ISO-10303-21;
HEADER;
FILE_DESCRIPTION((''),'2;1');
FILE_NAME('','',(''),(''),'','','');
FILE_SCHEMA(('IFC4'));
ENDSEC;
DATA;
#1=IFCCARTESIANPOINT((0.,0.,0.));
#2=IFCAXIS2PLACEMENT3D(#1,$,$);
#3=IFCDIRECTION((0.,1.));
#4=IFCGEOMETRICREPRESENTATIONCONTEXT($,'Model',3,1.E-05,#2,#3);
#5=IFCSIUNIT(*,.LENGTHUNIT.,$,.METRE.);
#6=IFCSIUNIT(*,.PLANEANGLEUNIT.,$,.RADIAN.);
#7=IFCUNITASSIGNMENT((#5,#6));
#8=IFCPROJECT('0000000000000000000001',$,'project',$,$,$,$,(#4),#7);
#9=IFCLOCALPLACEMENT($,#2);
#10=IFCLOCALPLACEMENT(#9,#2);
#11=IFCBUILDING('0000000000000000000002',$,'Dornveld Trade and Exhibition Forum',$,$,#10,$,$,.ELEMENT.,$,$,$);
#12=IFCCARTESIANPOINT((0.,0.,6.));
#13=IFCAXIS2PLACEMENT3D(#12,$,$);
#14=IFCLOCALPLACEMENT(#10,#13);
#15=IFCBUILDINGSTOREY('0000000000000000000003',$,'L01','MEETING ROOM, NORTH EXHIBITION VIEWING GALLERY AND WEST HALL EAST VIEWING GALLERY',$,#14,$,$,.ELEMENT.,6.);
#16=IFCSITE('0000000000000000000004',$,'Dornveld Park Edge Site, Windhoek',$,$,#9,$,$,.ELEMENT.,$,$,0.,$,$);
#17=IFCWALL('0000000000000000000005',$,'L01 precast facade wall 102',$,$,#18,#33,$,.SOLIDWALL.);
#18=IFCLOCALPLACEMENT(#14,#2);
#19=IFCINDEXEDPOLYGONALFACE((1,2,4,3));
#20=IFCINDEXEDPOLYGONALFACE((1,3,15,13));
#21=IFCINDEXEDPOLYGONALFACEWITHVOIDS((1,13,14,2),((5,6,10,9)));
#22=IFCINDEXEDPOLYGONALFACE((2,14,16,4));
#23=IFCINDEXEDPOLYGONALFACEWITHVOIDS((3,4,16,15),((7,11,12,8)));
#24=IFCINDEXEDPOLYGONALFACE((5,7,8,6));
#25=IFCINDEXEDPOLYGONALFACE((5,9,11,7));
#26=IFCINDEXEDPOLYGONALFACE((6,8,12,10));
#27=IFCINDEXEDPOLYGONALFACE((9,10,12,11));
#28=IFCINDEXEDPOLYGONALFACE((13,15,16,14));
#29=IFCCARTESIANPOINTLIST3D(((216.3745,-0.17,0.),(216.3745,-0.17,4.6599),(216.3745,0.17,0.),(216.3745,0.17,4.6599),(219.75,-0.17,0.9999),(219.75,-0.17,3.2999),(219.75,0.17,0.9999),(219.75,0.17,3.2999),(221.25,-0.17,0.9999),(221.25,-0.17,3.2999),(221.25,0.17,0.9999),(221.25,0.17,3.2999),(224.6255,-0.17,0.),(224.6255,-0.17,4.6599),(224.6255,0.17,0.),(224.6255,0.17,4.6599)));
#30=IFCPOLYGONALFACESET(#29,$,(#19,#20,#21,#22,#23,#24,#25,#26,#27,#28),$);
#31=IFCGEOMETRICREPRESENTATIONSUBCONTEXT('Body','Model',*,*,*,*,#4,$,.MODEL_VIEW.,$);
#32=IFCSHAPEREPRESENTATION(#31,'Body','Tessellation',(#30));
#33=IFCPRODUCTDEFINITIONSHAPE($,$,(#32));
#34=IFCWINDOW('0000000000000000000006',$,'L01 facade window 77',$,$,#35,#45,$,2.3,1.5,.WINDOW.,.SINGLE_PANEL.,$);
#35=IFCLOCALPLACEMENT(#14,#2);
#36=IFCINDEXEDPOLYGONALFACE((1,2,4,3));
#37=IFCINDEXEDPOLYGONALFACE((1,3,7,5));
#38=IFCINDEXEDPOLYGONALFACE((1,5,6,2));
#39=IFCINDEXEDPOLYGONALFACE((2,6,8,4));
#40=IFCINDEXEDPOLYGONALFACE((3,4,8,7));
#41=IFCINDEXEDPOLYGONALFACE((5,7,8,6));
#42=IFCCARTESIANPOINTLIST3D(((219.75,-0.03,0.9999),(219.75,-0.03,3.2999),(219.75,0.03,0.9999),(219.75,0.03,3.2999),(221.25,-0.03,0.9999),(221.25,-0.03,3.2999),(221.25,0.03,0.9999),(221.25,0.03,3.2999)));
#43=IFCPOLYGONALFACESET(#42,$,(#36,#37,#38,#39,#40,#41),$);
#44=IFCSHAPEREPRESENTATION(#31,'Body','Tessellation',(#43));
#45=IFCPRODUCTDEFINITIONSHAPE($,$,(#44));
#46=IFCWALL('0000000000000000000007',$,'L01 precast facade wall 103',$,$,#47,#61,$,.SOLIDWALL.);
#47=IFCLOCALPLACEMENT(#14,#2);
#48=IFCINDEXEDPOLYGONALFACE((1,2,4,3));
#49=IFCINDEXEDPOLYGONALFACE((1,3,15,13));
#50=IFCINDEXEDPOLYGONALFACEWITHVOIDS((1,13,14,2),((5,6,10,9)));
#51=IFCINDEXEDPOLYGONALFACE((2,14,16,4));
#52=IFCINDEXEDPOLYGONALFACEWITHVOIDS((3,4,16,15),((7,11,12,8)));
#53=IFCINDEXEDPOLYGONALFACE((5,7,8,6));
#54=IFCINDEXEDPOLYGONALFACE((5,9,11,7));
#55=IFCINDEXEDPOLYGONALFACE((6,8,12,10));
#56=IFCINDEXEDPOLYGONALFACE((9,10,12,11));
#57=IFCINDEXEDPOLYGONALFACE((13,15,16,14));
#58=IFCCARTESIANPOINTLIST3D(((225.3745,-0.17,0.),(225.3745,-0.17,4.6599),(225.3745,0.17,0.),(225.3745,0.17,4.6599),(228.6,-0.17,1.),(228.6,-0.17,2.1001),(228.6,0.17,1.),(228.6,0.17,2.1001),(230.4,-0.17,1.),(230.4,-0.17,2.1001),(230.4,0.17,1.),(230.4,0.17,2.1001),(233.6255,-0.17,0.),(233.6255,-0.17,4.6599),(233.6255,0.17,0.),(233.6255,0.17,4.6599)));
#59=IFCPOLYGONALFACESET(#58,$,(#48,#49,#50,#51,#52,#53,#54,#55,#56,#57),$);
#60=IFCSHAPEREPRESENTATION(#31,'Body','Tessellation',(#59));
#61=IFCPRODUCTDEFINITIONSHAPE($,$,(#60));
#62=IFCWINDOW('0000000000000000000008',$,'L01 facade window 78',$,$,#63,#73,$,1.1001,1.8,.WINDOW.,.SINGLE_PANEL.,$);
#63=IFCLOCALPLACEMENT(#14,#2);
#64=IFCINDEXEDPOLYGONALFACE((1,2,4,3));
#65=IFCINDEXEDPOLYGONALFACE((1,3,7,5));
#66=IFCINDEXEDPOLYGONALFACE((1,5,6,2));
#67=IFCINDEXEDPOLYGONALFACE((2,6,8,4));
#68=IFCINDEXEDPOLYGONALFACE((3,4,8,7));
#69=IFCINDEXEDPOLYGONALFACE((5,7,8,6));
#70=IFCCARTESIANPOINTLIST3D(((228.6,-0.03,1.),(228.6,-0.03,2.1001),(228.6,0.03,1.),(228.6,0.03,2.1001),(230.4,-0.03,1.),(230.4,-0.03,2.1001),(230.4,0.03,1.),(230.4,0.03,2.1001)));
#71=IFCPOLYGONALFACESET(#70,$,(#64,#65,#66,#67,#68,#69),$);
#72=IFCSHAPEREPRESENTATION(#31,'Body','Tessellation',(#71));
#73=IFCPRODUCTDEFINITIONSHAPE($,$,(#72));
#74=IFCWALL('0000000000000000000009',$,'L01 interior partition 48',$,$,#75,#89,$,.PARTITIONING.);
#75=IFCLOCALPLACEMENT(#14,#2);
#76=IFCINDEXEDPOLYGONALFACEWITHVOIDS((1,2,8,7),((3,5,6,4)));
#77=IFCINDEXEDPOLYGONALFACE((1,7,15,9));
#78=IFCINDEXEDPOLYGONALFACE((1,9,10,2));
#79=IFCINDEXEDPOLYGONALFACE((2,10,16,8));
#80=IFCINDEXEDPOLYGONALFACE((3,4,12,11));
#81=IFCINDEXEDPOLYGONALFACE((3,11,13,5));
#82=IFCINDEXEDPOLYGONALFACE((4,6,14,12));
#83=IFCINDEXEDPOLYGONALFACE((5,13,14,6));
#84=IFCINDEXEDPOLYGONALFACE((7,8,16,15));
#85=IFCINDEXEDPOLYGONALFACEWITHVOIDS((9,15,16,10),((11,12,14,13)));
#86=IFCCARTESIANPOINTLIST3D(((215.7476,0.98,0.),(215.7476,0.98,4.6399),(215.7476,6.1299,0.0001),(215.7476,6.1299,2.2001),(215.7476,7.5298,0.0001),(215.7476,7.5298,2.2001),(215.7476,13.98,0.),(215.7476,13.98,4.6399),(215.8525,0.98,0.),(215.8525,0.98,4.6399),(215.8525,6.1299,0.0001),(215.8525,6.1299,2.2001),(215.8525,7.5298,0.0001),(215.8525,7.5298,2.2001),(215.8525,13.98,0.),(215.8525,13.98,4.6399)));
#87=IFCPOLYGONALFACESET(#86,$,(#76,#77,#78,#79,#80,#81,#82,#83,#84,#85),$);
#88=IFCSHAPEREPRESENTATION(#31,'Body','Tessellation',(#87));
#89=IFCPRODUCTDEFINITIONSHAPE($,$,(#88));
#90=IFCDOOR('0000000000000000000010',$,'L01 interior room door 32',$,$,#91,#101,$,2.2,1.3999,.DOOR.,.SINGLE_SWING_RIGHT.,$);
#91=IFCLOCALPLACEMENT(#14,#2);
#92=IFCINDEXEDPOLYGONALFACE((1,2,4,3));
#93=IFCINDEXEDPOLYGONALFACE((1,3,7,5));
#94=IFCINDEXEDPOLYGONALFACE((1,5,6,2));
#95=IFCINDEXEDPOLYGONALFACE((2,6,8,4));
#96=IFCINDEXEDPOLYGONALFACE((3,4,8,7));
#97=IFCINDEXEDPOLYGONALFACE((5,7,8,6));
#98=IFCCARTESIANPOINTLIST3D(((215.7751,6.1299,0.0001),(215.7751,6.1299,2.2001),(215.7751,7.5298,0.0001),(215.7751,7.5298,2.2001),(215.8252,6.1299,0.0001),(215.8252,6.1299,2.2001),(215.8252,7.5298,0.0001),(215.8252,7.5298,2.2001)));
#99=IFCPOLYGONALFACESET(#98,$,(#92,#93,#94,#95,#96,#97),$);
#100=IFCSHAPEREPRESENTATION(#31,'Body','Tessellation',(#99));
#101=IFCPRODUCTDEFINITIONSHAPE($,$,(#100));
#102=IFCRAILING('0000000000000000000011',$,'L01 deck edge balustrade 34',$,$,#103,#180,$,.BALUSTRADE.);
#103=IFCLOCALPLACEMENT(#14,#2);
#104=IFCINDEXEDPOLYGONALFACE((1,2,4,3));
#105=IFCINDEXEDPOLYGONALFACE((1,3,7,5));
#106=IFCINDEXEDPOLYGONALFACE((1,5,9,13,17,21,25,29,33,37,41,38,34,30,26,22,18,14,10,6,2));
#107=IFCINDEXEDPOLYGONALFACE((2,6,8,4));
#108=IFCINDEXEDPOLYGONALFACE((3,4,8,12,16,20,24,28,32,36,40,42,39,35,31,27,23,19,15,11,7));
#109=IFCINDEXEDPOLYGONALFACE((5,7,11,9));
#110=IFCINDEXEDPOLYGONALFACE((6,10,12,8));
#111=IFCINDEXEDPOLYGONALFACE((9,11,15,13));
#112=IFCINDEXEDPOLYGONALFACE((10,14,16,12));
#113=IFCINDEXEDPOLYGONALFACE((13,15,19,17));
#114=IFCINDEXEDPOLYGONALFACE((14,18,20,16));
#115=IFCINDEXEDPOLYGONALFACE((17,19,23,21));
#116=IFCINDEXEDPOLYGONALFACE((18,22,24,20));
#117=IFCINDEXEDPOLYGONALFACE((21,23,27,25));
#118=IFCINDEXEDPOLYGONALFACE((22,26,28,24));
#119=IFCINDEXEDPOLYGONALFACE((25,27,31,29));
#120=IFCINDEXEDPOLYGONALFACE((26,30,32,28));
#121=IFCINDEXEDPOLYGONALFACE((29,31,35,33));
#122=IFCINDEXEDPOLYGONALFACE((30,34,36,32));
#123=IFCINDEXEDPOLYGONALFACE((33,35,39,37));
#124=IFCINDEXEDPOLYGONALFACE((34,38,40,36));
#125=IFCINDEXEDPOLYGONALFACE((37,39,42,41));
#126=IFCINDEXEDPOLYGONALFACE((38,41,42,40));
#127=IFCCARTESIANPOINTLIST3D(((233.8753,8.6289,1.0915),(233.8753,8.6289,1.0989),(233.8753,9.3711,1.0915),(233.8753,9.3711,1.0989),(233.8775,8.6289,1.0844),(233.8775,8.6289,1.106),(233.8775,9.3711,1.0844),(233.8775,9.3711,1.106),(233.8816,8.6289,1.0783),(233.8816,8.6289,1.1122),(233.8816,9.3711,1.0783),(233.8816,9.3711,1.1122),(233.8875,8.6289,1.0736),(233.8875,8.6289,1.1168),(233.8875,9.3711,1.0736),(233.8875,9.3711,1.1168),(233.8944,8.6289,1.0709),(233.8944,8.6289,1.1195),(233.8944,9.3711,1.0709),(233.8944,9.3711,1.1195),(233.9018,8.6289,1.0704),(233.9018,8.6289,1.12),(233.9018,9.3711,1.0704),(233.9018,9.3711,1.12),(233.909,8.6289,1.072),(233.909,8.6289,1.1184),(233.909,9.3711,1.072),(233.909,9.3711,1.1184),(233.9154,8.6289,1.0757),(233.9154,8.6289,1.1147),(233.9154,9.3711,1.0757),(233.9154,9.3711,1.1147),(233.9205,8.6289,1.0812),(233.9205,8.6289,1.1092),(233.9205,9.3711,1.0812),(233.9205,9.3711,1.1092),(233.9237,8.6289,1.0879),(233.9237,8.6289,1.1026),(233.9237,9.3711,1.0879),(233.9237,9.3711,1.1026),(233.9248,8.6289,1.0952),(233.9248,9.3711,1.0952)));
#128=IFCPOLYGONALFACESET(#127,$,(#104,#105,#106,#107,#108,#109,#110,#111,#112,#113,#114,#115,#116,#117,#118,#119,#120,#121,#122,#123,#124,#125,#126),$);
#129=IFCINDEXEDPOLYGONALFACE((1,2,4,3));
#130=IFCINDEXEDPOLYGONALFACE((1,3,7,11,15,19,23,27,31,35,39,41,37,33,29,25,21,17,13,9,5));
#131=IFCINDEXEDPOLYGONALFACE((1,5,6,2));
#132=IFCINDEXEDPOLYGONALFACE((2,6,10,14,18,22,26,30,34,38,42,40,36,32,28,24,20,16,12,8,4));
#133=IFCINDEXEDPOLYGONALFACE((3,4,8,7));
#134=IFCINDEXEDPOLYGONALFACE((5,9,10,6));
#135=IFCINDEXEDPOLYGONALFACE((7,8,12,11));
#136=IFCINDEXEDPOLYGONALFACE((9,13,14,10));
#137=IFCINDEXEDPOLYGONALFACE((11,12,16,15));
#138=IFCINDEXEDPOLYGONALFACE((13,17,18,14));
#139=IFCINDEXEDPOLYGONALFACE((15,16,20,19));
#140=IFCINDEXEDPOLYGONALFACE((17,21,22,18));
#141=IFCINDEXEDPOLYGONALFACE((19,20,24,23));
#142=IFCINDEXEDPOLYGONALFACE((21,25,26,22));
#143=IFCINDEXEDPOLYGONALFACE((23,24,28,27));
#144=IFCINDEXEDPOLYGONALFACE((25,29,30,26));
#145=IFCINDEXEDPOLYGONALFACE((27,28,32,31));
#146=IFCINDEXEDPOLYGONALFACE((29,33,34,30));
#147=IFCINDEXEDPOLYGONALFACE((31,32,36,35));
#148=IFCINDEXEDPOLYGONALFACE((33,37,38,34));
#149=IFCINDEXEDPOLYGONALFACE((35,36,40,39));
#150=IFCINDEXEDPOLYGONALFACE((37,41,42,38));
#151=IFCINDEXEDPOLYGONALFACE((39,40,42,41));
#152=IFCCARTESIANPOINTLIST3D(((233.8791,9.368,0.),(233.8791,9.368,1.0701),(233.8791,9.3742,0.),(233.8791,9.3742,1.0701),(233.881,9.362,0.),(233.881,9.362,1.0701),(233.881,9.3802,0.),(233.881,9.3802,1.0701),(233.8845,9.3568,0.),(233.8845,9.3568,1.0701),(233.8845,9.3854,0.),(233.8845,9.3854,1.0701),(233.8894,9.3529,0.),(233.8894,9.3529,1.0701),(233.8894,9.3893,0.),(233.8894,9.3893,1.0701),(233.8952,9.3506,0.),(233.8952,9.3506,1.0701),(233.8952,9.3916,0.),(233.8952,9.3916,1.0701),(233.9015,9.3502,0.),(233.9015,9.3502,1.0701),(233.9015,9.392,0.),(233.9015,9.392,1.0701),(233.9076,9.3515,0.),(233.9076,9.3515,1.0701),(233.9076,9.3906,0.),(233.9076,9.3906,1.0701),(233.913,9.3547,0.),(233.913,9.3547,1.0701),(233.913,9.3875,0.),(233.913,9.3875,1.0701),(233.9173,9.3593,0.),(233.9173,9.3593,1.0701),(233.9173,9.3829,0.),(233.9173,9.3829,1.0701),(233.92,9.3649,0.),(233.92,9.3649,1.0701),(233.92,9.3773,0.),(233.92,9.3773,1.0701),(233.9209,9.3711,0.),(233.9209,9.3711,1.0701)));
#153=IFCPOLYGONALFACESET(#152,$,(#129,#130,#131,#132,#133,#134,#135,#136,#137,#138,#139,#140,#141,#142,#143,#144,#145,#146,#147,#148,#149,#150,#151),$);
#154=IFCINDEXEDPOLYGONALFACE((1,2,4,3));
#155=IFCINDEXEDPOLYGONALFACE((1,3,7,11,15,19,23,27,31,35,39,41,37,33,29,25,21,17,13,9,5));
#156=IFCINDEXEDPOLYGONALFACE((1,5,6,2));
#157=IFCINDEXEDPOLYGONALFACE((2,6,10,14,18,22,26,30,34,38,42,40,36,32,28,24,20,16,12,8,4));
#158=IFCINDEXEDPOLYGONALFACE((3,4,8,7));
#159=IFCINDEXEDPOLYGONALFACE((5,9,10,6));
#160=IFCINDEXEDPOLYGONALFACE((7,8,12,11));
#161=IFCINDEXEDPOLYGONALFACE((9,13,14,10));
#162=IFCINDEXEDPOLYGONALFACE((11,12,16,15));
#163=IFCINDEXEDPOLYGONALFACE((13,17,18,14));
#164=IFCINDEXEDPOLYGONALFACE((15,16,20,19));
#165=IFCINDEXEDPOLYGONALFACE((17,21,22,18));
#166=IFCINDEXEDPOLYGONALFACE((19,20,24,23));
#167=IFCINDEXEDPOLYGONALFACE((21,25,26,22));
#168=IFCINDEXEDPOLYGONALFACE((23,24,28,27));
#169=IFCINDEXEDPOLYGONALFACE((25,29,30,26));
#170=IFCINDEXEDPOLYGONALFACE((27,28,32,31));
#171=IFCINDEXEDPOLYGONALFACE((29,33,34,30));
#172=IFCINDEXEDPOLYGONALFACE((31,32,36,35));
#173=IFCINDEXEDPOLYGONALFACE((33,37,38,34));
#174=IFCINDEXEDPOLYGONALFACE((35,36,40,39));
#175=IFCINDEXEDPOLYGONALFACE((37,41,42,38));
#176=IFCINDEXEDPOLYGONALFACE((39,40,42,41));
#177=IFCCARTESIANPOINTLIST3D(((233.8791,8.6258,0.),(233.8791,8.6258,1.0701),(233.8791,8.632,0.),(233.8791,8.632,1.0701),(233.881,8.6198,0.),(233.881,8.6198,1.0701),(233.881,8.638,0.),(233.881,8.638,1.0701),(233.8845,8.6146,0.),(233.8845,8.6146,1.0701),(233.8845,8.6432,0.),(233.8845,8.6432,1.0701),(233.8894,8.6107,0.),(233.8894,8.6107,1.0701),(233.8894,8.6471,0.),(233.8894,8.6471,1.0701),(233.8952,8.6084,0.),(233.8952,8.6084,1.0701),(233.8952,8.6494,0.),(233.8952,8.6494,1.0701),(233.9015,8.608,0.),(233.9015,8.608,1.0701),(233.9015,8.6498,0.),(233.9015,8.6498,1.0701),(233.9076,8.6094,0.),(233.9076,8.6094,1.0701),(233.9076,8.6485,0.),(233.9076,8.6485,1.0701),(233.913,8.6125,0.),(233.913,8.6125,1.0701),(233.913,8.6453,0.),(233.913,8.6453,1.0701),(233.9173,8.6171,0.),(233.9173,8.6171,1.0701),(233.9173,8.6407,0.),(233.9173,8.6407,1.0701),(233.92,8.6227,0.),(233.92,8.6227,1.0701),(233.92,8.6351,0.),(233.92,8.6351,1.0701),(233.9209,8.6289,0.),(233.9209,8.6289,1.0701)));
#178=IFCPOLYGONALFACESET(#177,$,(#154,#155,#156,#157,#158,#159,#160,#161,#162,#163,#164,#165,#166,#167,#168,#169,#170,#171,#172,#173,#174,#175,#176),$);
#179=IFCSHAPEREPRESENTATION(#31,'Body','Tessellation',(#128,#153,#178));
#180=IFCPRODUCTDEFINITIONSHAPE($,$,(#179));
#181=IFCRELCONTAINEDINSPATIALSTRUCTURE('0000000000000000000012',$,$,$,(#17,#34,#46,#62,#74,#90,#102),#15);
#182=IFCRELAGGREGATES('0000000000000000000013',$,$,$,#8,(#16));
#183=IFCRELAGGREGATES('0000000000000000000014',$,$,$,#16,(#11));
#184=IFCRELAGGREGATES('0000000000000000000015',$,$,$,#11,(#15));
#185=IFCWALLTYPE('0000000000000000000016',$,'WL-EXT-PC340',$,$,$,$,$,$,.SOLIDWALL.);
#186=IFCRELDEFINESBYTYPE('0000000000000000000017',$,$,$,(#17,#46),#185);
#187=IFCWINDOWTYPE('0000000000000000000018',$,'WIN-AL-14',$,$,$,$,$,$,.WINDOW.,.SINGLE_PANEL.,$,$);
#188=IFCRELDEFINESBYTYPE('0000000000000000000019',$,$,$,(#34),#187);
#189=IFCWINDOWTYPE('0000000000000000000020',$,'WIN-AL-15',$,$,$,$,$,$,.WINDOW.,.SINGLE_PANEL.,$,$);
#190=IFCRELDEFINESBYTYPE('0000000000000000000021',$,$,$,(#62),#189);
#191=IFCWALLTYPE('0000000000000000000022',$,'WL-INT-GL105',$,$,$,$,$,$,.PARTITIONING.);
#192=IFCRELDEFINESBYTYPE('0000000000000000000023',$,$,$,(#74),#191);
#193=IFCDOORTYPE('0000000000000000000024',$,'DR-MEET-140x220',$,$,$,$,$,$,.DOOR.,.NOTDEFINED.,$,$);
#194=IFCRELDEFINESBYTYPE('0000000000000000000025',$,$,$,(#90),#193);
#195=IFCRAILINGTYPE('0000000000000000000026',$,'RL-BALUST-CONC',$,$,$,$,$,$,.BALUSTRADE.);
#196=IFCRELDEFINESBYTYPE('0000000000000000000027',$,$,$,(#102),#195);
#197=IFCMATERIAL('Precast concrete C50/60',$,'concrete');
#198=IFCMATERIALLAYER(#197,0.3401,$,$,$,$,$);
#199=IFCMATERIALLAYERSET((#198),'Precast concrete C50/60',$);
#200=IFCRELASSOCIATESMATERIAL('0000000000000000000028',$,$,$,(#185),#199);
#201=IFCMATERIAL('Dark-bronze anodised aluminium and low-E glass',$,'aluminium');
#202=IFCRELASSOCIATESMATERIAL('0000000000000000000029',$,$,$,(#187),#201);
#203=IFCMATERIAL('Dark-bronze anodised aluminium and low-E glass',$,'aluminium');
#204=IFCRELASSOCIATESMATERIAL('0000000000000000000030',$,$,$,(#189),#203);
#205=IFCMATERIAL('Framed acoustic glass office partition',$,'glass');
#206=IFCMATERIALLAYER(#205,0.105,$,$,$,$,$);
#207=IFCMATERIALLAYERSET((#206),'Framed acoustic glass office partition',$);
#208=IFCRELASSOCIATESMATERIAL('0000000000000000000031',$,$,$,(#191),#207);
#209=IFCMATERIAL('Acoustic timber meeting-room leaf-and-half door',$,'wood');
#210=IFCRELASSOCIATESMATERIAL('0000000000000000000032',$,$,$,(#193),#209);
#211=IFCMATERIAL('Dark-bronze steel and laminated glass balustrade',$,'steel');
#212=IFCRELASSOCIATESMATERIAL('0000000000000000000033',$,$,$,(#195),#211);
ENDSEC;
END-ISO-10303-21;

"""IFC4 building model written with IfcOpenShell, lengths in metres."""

from ifc_helpers import new_model, si_unit, direction, frame, frame_2d, origin, origin_2d, place, context, subcontext, project, spatial, rectangle, circle, extrude, material, layer, layer_set, type_object, element, fill, save


model = new_model("IFC4")

# Units and contexts
model_context = context("Model", 3, precision=1e-05, world=origin(), true_north=direction((0.0, 1.0)))
body_context = subcontext(model_context, "Body", "Model", "MODEL_VIEW")
ifc_project = project(units=[si_unit("LENGTHUNIT", "METRE"), si_unit("PLANEANGLEUNIT", "RADIAN")], contexts=[model_context])

# Site, building, storey
site_placement = place(None, origin())
site = spatial("IfcSite", under=ifc_project, at=site_placement, Name="Dornveld Park Edge Site, Windhoek", CompositionType="ELEMENT", RefElevation=0.0)
building_placement = place(site_placement, origin())
building = spatial("IfcBuilding", under=site, at=building_placement, Name="Dornveld Trade and Exhibition Forum", CompositionType="ELEMENT")
storey_placement = place(building_placement, frame((0.0, 0.0, 6.0)))
storey = spatial("IfcBuildingStorey", under=building, at=storey_placement, Name="L01", Description="MEETING ROOM, NORTH EXHIBITION VIEWING GALLERY AND WEST HALL EAST VIEWING GALLERY", CompositionType="ELEMENT", Elevation=6.0)

# Walls, openings, windows
ifc_material_1 = material(Name="Precast concrete C50/60", Category="concrete")
ifc_layer_1 = layer(ifc_material_1, 0.3401)
ifc_layer_set_1 = layer_set([ifc_layer_1], Name="Precast concrete C50/60")
wall_type_1 = type_object("IfcWallType", Name="WL-EXT-PC340", PredefinedType="SOLIDWALL", material=ifc_layer_set_1)
wall_1_placement = place(storey_placement, frame((216.3745, 0.0, 0.0), z_axis=(0.0, 0.0, 1.0), x_axis=(1.0, 0.0, 0.0)))
wall_1 = element("IfcWall", 1, at=wall_1_placement, inside=storey, type_object=wall_type_1, Name="L01 precast facade wall 102", PredefinedType="SOLIDWALL", context=body_context, shape_type="SweptSolid", body=[
    extrude(rectangle(XDim=8.251, YDim=0.3401, at=frame_2d((4.1255, 0.0))), origin(), (0.0, 0.0, 1.0), 4.6599),
])
opening_1_placement = place(wall_1_placement, frame((3.3755, 0.0, 1.0)))
opening_1 = element("IfcOpeningElement", 2, at=opening_1_placement, cuts=wall_1, PredefinedType="OPENING", context=body_context, shape_type="SweptSolid", body=[
    extrude(rectangle(XDim=1.5, YDim=2.3, at=frame_2d((0.75, 1.1499))), frame((0.0, 0.1799, 0.0), z_axis=(0.0, -1.0, 0.0), x_axis=(1.0, 0.0, 0.0)), (0.0, 0.0, 1.0), 0.3601),
])
ifc_material_2 = material(Name="Dark-bronze anodised aluminium and low-E glass", Category="aluminium")
window_type_1 = type_object("IfcWindowType", Name="WIN-AL-14", PartitioningType="SINGLE_PANEL", PredefinedType="WINDOW", material=ifc_material_2)
window_1_placement = place(opening_1_placement, origin())
window_1 = element("IfcWindow", 3, at=window_1_placement, inside=storey, type_object=window_type_1, Name="L01 facade window 77", OverallHeight=2.3, OverallWidth=1.5, PartitioningType="SINGLE_PANEL", PredefinedType="WINDOW", context=body_context, shape_type="SweptSolid", body=[
    extrude(rectangle(XDim=1.5, YDim=2.3, at=frame_2d((0.75, 1.1499))), frame((0.0, 0.03, 0.0), z_axis=(0.0, -1.0, 0.0), x_axis=(1.0, 0.0, 0.0)), (0.0, 0.0, 1.0), 0.0601),
])
fill(opening_1, window_1)
wall_2_placement = place(storey_placement, frame((225.3745, 0.0, 0.0), z_axis=(0.0, 0.0, 1.0), x_axis=(1.0, 0.0, 0.0)))
wall_2 = element("IfcWall", 4, at=wall_2_placement, inside=storey, type_object=wall_type_1, Name="L01 precast facade wall 103", PredefinedType="SOLIDWALL", context=body_context, shape_type="SweptSolid", body=[
    extrude(rectangle(XDim=8.251, YDim=0.3401, at=frame_2d((4.1255, 0.0))), origin(), (0.0, 0.0, 1.0), 4.6599),
])
opening_2_placement = place(wall_2_placement, frame((3.2256, 0.0, 1.0)))
opening_2 = element("IfcOpeningElement", 5, at=opening_2_placement, cuts=wall_2, PredefinedType="OPENING", context=body_context, shape_type="SweptSolid", body=[
    extrude(rectangle(XDim=1.8, YDim=1.1001, at=frame_2d((0.8999, 0.55))), frame((0.0, 0.1799, 0.0), z_axis=(0.0, -1.0, 0.0), x_axis=(1.0, 0.0, 0.0)), (0.0, 0.0, 1.0), 0.3601),
])
ifc_material_3 = material(Name="Dark-bronze anodised aluminium and low-E glass", Category="aluminium")
window_type_2 = type_object("IfcWindowType", Name="WIN-AL-15", PartitioningType="SINGLE_PANEL", PredefinedType="WINDOW", material=ifc_material_3)
window_2_placement = place(opening_2_placement, origin())
window_2 = element("IfcWindow", 6, at=window_2_placement, inside=storey, type_object=window_type_2, Name="L01 facade window 78", OverallHeight=1.1001, OverallWidth=1.8, PartitioningType="SINGLE_PANEL", PredefinedType="WINDOW", context=body_context, shape_type="SweptSolid", body=[
    extrude(rectangle(XDim=1.8, YDim=1.1001, at=frame_2d((0.8999, 0.55))), frame((0.0, 0.03, 0.0), z_axis=(0.0, -1.0, 0.0), x_axis=(1.0, 0.0, 0.0)), (0.0, 0.0, 1.0), 0.0601),
])
fill(opening_2, window_2)

# Wall, opening, door
ifc_material_4 = material(Name="Framed acoustic glass office partition", Category="glass")
ifc_layer_2 = layer(ifc_material_4, 0.105)
ifc_layer_set_2 = layer_set([ifc_layer_2], Name="Framed acoustic glass office partition")
wall_type_2 = type_object("IfcWallType", Name="WL-INT-GL105", PredefinedType="PARTITIONING", material=ifc_layer_set_2)
wall_3_placement = place(storey_placement, frame((215.8, 0.98, 0.0), z_axis=(0.0, 0.0, 1.0), x_axis=(0.0, 1.0, 0.0)))
wall_3 = element("IfcWall", 7, at=wall_3_placement, inside=storey, type_object=wall_type_2, Name="L01 interior partition 48", PredefinedType="PARTITIONING", context=body_context, shape_type="SweptSolid", body=[
    extrude(rectangle(XDim=13.0, YDim=0.105, at=frame_2d((6.5, 0.0))), origin(), (0.0, 0.0, 1.0), 4.6399),
])
opening_3_placement = place(wall_3_placement, frame((5.1499, 0.0, 0.0)))
opening_3 = element("IfcOpeningElement", 8, at=opening_3_placement, cuts=wall_3, PredefinedType="OPENING", context=body_context, shape_type="SweptSolid", body=[
    extrude(rectangle(XDim=1.3999, YDim=2.2, at=frame_2d((0.7, 1.1001))), frame((0.0, 0.0625, 0.0), z_axis=(0.0, -1.0, 0.0), x_axis=(1.0, 0.0, 0.0)), (0.0, 0.0, 1.0), 0.125),
])
ifc_material_5 = material(Name="Acoustic timber meeting-room leaf-and-half door", Category="wood")
door_type = type_object("IfcDoorType", Name="DR-MEET-140x220", OperationType="NOTDEFINED", PredefinedType="DOOR", material=ifc_material_5)
door_placement = place(opening_3_placement, origin())
door = element("IfcDoor", 9, at=door_placement, inside=storey, type_object=door_type, Name="L01 interior room door 32", OperationType="SINGLE_SWING_RIGHT", OverallHeight=2.2, OverallWidth=1.3999, PredefinedType="DOOR", context=body_context, shape_type="SweptSolid", body=[
    extrude(rectangle(XDim=1.3999, YDim=2.2, at=frame_2d((0.7, 1.1001))), frame((0.0, 0.0249, 0.0), z_axis=(0.0, -1.0, 0.0), x_axis=(1.0, 0.0, 0.0)), (0.0, 0.0, 1.0), 0.05),
])
fill(opening_3, door)

# Railing
ifc_material_6 = material(Name="Dark-bronze steel and laminated glass balustrade", Category="steel")
railing_type = type_object("IfcRailingType", Name="RL-BALUST-CONC", PredefinedType="BALUSTRADE", material=ifc_material_6)
railing_1_placement = place(storey_placement, frame((233.8999, 9.3711, 0.0)))
element("IfcRailing", 10, at=railing_1_placement, inside=storey, type_object=railing_type, Name="L01 deck edge balustrade 34", PredefinedType="BALUSTRADE", context=body_context, shape_type="SweptSolid", body=[
    extrude(circle(Radius=0.0249, at=origin_2d()), frame((0.0, 0.0, 1.0952), z_axis=(0.0, -1.0, 0.0), x_axis=(1.0, 0.0, 0.0)), (0.0, 0.0, 1.0), 0.7422),
    extrude(circle(Radius=0.021, at=origin_2d()), origin(), (0.0, 0.0, 1.0), 1.0701),
    extrude(circle(Radius=0.021, at=origin_2d()), frame((0.0, -0.7422, 0.0)), (0.0, 0.0, 1.0), 1.0701),
])

save(model, "model.ifc")
